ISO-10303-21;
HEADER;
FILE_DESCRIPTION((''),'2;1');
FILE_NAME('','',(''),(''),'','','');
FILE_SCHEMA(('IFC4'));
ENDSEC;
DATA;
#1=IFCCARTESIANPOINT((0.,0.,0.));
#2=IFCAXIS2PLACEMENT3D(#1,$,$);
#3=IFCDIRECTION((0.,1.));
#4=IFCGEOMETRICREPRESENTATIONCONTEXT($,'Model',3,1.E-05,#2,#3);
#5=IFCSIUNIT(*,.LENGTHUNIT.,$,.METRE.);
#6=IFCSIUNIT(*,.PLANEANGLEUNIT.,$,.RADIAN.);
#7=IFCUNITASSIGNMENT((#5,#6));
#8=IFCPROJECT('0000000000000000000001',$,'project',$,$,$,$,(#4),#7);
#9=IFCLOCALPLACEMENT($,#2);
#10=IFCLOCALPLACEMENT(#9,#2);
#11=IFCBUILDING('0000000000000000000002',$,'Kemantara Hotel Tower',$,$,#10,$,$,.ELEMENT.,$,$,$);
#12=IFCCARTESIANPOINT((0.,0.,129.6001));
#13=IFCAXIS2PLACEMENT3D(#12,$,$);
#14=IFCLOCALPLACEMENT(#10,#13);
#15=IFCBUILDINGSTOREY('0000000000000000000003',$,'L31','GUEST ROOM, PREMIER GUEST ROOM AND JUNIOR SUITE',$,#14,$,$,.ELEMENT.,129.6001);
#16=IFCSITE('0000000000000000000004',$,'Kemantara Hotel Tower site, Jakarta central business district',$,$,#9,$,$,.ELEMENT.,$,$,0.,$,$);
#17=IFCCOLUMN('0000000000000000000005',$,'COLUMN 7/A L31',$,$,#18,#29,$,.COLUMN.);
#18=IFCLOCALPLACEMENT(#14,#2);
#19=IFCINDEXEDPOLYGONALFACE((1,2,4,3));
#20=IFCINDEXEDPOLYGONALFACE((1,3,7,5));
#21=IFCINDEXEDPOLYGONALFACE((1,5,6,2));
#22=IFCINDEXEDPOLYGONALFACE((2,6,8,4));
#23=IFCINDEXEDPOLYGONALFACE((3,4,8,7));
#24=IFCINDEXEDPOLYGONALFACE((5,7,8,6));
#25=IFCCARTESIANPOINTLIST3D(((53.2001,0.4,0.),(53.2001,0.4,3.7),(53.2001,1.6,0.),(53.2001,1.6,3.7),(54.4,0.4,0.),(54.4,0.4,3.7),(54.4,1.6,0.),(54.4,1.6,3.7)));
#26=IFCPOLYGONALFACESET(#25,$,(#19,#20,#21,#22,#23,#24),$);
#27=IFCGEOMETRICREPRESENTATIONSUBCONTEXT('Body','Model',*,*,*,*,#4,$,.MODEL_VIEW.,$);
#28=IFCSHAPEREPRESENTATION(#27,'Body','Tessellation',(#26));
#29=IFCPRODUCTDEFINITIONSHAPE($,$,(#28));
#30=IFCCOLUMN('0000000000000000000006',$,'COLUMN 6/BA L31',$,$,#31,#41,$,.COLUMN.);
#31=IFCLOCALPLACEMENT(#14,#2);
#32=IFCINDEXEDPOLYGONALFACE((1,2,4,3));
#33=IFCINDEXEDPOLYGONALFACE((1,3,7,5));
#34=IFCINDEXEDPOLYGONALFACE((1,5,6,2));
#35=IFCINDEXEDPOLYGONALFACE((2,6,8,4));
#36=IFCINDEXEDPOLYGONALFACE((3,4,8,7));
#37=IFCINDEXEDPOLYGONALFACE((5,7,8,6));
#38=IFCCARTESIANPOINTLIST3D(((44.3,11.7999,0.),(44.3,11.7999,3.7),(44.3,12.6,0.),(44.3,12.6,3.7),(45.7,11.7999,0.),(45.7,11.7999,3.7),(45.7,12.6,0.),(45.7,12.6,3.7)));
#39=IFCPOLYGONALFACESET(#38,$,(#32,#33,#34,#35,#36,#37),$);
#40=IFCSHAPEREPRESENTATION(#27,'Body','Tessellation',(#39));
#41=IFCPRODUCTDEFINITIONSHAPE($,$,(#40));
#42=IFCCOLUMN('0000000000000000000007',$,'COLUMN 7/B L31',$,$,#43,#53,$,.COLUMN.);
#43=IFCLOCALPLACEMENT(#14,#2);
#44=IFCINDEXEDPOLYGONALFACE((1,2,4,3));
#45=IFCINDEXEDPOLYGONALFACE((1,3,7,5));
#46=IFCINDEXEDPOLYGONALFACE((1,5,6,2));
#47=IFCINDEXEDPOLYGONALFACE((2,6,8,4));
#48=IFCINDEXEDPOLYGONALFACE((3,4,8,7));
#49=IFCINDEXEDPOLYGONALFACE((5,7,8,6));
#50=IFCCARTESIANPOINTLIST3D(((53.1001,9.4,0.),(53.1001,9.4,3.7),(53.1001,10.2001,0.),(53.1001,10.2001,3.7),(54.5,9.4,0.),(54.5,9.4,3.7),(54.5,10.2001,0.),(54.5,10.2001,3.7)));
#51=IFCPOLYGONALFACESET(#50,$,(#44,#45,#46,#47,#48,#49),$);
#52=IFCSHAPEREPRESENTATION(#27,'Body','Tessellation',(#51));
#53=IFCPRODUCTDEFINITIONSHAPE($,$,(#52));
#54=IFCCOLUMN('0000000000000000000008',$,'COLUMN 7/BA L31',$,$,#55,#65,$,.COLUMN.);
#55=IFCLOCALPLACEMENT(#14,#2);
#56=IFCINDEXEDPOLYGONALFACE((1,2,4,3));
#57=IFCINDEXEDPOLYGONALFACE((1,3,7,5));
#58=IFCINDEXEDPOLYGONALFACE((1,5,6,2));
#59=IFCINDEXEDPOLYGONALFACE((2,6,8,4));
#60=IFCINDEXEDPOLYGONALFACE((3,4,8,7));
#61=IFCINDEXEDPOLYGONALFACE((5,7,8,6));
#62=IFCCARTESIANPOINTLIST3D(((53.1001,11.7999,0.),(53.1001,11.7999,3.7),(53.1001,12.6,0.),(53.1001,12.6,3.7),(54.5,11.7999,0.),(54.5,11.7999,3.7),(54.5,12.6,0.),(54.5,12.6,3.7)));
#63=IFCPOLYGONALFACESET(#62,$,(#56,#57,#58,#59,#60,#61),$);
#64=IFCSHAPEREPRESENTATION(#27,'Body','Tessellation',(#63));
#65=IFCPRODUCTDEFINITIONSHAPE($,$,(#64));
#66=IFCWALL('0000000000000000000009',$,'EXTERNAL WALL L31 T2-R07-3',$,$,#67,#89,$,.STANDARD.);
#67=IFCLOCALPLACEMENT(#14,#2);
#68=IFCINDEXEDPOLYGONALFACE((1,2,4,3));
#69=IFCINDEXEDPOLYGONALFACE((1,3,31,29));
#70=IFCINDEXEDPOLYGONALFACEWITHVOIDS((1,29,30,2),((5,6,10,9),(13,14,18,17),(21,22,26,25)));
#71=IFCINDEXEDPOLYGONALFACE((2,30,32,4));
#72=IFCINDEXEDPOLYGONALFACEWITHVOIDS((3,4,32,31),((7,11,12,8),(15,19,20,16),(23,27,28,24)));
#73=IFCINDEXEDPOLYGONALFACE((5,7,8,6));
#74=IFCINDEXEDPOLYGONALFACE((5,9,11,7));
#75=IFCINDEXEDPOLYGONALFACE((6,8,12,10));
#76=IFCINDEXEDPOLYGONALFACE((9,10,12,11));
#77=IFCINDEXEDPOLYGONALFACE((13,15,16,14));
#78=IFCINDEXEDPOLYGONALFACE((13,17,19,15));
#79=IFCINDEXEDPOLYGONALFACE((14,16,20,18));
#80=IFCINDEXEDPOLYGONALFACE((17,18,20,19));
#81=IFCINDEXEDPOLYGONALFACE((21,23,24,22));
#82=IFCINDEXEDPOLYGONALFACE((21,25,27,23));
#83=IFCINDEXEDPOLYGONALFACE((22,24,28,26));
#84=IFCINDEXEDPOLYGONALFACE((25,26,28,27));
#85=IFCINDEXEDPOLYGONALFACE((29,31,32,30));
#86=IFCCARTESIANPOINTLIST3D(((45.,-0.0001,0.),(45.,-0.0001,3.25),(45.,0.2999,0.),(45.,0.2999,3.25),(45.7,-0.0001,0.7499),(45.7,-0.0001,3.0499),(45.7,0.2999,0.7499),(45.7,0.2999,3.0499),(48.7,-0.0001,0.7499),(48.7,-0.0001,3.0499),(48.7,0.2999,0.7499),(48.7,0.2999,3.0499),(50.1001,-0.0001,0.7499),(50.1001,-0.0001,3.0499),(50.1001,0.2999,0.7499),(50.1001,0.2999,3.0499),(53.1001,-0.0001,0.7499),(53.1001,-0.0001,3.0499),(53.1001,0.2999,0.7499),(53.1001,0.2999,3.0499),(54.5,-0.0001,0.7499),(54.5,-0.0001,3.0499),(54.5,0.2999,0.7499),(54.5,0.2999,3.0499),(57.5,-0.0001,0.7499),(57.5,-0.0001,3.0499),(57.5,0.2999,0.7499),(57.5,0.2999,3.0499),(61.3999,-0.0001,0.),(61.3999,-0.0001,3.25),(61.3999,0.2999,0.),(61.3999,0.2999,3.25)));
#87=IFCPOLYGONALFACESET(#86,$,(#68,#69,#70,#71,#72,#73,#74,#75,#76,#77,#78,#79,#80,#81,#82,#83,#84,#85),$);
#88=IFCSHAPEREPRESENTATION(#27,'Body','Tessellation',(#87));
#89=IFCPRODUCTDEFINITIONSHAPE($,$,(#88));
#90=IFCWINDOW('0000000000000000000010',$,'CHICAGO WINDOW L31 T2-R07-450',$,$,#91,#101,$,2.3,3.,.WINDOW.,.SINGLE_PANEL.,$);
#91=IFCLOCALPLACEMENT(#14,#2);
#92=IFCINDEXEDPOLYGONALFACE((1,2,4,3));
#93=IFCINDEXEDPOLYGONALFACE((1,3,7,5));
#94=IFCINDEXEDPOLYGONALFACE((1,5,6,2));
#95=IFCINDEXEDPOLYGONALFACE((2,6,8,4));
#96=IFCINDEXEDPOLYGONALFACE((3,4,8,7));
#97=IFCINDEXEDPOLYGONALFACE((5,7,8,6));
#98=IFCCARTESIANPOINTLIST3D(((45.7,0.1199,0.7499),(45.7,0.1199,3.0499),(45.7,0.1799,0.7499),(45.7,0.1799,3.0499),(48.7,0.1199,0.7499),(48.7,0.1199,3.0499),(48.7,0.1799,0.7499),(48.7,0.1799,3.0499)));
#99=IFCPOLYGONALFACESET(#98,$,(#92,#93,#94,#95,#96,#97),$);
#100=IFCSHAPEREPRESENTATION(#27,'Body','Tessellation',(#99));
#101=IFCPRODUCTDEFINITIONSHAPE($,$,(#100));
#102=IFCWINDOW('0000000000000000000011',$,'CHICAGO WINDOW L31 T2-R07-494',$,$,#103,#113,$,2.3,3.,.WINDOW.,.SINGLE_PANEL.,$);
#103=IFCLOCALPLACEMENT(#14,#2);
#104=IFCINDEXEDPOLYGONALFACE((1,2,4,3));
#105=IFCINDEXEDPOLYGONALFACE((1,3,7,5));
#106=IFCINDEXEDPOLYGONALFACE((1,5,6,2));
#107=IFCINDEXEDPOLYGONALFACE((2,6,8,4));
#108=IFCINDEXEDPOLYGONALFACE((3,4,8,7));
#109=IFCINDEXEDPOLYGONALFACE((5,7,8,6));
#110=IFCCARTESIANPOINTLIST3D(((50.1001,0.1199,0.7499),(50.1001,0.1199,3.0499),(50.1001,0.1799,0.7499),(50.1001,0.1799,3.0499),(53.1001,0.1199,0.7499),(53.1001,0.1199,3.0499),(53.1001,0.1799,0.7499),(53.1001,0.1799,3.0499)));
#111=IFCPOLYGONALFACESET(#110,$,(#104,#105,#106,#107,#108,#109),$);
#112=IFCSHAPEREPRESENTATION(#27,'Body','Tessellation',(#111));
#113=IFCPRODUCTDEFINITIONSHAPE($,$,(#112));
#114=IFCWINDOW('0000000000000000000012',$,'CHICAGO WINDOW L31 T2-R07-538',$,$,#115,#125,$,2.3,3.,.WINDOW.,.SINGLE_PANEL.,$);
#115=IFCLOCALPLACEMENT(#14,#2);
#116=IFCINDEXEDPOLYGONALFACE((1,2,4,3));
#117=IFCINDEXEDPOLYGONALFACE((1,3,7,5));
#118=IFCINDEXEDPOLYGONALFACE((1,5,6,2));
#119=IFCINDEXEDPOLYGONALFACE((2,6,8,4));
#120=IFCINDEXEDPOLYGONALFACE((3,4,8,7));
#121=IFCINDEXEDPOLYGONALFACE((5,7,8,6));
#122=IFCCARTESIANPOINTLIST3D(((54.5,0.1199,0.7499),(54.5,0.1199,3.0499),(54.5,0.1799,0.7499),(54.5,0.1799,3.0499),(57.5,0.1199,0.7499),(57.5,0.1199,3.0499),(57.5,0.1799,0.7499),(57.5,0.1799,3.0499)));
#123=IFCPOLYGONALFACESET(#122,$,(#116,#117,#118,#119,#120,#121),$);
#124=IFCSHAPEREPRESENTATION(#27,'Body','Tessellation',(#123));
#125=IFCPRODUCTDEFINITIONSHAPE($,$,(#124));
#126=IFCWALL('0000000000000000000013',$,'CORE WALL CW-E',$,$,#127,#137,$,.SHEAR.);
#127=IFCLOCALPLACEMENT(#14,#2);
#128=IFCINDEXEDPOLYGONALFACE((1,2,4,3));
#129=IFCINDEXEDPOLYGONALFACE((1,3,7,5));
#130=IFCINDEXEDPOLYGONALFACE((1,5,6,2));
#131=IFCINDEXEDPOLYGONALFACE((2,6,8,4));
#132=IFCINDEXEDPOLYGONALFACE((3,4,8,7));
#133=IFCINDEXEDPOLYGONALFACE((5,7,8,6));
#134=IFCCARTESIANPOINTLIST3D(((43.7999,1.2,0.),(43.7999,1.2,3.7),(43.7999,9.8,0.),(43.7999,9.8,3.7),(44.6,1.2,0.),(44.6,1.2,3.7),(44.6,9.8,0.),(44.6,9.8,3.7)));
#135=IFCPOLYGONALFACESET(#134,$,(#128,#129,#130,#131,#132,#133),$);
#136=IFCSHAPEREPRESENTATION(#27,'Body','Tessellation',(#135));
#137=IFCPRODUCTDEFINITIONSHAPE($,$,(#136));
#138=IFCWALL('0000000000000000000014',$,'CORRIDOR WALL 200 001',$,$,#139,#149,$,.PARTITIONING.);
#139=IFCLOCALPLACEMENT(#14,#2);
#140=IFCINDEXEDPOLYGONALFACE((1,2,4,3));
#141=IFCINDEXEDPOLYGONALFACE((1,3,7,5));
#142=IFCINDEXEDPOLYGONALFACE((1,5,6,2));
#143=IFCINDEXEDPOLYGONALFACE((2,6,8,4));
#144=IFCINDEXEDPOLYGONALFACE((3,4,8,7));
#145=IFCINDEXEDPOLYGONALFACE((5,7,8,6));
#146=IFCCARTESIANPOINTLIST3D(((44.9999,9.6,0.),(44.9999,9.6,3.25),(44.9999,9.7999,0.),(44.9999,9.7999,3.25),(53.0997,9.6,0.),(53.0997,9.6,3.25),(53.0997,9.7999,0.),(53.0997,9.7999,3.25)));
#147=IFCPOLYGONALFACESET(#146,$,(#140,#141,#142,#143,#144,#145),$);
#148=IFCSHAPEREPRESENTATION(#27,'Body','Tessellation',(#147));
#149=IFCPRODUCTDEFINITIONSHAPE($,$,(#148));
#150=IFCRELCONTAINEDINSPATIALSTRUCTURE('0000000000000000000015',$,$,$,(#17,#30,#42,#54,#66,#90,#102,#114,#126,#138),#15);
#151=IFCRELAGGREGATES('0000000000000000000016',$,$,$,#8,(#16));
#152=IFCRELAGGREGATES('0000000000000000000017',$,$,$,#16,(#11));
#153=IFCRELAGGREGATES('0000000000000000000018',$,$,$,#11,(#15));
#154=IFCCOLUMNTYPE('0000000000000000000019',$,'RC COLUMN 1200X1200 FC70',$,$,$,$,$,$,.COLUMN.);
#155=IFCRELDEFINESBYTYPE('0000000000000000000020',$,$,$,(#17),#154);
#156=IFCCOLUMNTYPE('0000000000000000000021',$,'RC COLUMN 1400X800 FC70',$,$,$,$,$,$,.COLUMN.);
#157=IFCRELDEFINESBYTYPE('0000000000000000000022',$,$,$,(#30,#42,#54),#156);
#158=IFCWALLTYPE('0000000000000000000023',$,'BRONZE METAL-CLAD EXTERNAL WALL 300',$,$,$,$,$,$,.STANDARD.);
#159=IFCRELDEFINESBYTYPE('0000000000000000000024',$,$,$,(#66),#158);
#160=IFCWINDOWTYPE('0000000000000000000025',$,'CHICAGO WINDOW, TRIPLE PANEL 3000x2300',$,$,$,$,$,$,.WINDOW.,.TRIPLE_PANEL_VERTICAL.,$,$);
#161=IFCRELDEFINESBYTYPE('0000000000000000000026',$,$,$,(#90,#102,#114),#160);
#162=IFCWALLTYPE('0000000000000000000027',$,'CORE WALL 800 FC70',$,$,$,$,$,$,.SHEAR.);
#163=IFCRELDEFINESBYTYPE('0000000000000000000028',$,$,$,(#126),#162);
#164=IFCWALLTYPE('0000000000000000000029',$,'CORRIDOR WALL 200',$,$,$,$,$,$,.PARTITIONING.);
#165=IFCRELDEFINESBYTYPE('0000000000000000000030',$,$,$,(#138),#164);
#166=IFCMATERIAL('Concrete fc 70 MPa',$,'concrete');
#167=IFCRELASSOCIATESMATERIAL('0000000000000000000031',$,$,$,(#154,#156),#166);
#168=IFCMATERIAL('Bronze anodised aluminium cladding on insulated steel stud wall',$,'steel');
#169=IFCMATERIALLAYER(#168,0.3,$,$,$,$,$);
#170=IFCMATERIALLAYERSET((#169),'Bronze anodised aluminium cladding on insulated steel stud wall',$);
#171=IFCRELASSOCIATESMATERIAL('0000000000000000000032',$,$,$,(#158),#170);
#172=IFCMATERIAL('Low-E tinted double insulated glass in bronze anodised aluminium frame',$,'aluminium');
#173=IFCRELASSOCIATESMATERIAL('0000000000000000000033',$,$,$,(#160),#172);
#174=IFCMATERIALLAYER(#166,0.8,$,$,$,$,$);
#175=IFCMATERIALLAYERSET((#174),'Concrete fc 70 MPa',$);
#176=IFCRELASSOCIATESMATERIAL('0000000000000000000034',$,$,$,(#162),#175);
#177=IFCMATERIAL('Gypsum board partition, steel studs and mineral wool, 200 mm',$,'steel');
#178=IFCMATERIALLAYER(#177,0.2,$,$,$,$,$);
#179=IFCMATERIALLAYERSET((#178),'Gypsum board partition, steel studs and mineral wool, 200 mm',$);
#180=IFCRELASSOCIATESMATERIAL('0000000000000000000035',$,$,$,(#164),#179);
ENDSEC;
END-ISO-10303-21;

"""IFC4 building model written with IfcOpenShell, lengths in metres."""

from ifc_helpers import new_model, si_unit, direction, frame, frame_2d, origin, origin_2d, place, context, subcontext, project, spatial, rectangle, extrude, material, layer, layer_set, material_profile, profile_set, type_object, element, fill, save


model = new_model("IFC4")

# Units and contexts
model_context = context("Model", 3, precision=1e-05, world=origin(), true_north=direction((0.0, 1.0)))
body_context = subcontext(model_context, "Body", "Model", "MODEL_VIEW")
ifc_project = project(units=[si_unit("LENGTHUNIT", "METRE"), si_unit("PLANEANGLEUNIT", "RADIAN")], contexts=[model_context])

# Site, building, storey
site_placement = place(None, origin())
site = spatial("IfcSite", under=ifc_project, at=site_placement, Name="Kemantara Hotel Tower site, Jakarta central business district", CompositionType="ELEMENT", RefElevation=0.0)
building_placement = place(site_placement, origin())
building = spatial("IfcBuilding", under=site, at=building_placement, Name="Kemantara Hotel Tower", CompositionType="ELEMENT")
storey_placement = place(building_placement, frame((0.0, 0.0, 129.6001)))
storey = spatial("IfcBuildingStorey", under=building, at=storey_placement, Name="L31", Description="GUEST ROOM, PREMIER GUEST ROOM AND JUNIOR SUITE", CompositionType="ELEMENT", Elevation=129.6001)

# Columns
ifc_material_1 = material(Name="Concrete fc 70 MPa", Category="concrete")
ifc_material_profile_1 = material_profile(ifc_material_1, rectangle(XDim=1.2, YDim=1.2, at=origin_2d()), Name="RC 1200X1200")
ifc_profile_set_1 = profile_set([ifc_material_profile_1], Name="Concrete fc 70 MPa")
column_type_1 = type_object("IfcColumnType", Name="RC COLUMN 1200X1200 FC70", PredefinedType="COLUMN", material=ifc_profile_set_1)
column_placement = place(storey_placement, frame((53.8, 1.0, 0.0), z_axis=(0.0, 0.0, 1.0), x_axis=(1.0, 0.0, 0.0)))
element("IfcColumn", 1, at=column_placement, inside=storey, type_object=column_type_1, Name="COLUMN 7/A L31", PredefinedType="COLUMN", context=body_context, shape_type="SweptSolid", body=[
    extrude(rectangle(XDim=1.2, YDim=1.2, at=origin_2d()), origin(), (0.0, 0.0, 1.0), 3.7),
])
ifc_material_profile_2 = material_profile(ifc_material_1, rectangle(XDim=1.3999, YDim=0.8, at=origin_2d()), Name="RC 1400X800")
ifc_profile_set_2 = profile_set([ifc_material_profile_2], Name="Concrete fc 70 MPa")
column_type_2 = type_object("IfcColumnType", Name="RC COLUMN 1400X800 FC70", PredefinedType="COLUMN", material=ifc_profile_set_2)
for number, where, z_axis, x_axis, name in (
    (2, (45.0, 12.2, 0.0), (0.0, 0.0, 1.0), (1.0, 0.0, 0.0), "COLUMN 6/BA L31"),
    (3, (53.8, 9.8, 0.0), (0.0, 0.0, 1.0), (1.0, 0.0, 0.0), "COLUMN 7/B L31"),
    (4, (53.8, 12.2, 0.0), (0.0, 0.0, 1.0), (1.0, 0.0, 0.0), "COLUMN 7/BA L31"),
):
    element("IfcColumn", number, at=place(storey_placement, frame(where, z_axis=z_axis, x_axis=x_axis)), inside=storey, type_object=column_type_2, Name=name, PredefinedType="COLUMN", context=body_context, shape_type="SweptSolid", body=[
        extrude(rectangle(XDim=1.3999, YDim=0.8, at=origin_2d()), origin(), (0.0, 0.0, 1.0), 3.7),
    ])

# Wall, openings, windows
ifc_material_2 = material(Name="Bronze anodised aluminium cladding on insulated steel stud wall", Category="steel")
ifc_layer_1 = layer(ifc_material_2, 0.3)
ifc_layer_set_1 = layer_set([ifc_layer_1], Name="Bronze anodised aluminium cladding on insulated steel stud wall")
wall_type_1 = type_object("IfcWallType", Name="BRONZE METAL-CLAD EXTERNAL WALL 300", PredefinedType="STANDARD", material=ifc_layer_set_1)
wall_1_placement = place(storey_placement, frame((45.0, 0.1499, 0.0), z_axis=(0.0, 0.0, 1.0), x_axis=(1.0, 0.0, 0.0)))
wall_1 = element("IfcWall", 5, at=wall_1_placement, inside=storey, type_object=wall_type_1, Name="EXTERNAL WALL L31 T2-R07-3", PredefinedType="STANDARD", context=body_context, shape_type="SweptSolid", body=[
    extrude(rectangle(XDim=16.3999, YDim=0.3, at=frame_2d((8.2, 0.0))), origin(), (0.0, 0.0, 1.0), 3.25),
])
opening_1_placement = place(wall_1_placement, frame((0.7, 0.0, 0.75)))
opening_1 = element("IfcOpeningElement", 6, at=opening_1_placement, cuts=wall_1, PredefinedType="OPENING", context=body_context, shape_type="SweptSolid", body=[
    extrude(rectangle(XDim=3.0, YDim=2.3, at=frame_2d((1.5, 1.1499))), frame((0.0, 0.1599, 0.0), z_axis=(0.0, -1.0, 0.0), x_axis=(1.0, 0.0, 0.0)), (0.0, 0.0, 1.0), 0.3201),
])
opening_2_placement = place(wall_1_placement, frame((5.1001, 0.0, 0.75)))
opening_2 = element("IfcOpeningElement", 7, at=opening_2_placement, cuts=wall_1, PredefinedType="OPENING", context=body_context, shape_type="SweptSolid", body=[
    extrude(rectangle(XDim=3.0, YDim=2.3, at=frame_2d((1.5, 1.1499))), frame((0.0, 0.1599, 0.0), z_axis=(0.0, -1.0, 0.0), x_axis=(1.0, 0.0, 0.0)), (0.0, 0.0, 1.0), 0.3201),
])
opening_3_placement = place(wall_1_placement, frame((9.5, 0.0, 0.75)))
opening_3 = element("IfcOpeningElement", 8, at=opening_3_placement, cuts=wall_1, PredefinedType="OPENING", context=body_context, shape_type="SweptSolid", body=[
    extrude(rectangle(XDim=3.0, YDim=2.3, at=frame_2d((1.5, 1.1499))), frame((0.0, 0.1599, 0.0), z_axis=(0.0, -1.0, 0.0), x_axis=(1.0, 0.0, 0.0)), (0.0, 0.0, 1.0), 0.3201),
])
ifc_material_3 = material(Name="Low-E tinted double insulated glass in bronze anodised aluminium frame", Category="aluminium")
window_type = type_object("IfcWindowType", Name="CHICAGO WINDOW, TRIPLE PANEL 3000x2300", PartitioningType="TRIPLE_PANEL_VERTICAL", PredefinedType="WINDOW", material=ifc_material_3)
window_1_placement = place(opening_1_placement, origin())
window_1 = element("IfcWindow", 9, at=window_1_placement, inside=storey, type_object=window_type, Name="CHICAGO WINDOW L31 T2-R07-450", OverallHeight=2.3, OverallWidth=3.0, PartitioningType="SINGLE_PANEL", PredefinedType="WINDOW", context=body_context, shape_type="SweptSolid", body=[
    extrude(rectangle(XDim=3.0, YDim=2.3, at=frame_2d((1.5, 1.1499))), frame((0.0, 0.03, 0.0), z_axis=(0.0, -1.0, 0.0), x_axis=(1.0, 0.0, 0.0)), (0.0, 0.0, 1.0), 0.0601),
])
fill(opening_1, window_1)
window_2_placement = place(opening_2_placement, origin())
window_2 = element("IfcWindow", 10, at=window_2_placement, inside=storey, type_object=window_type, Name="CHICAGO WINDOW L31 T2-R07-494", OverallHeight=2.3, OverallWidth=3.0, PartitioningType="SINGLE_PANEL", PredefinedType="WINDOW", context=body_context, shape_type="SweptSolid", body=[
    extrude(rectangle(XDim=3.0, YDim=2.3, at=frame_2d((1.5, 1.1499))), frame((0.0, 0.03, 0.0), z_axis=(0.0, -1.0, 0.0), x_axis=(1.0, 0.0, 0.0)), (0.0, 0.0, 1.0), 0.0601),
])
fill(opening_2, window_2)
window_3_placement = place(opening_3_placement, origin())
window_3 = element("IfcWindow", 11, at=window_3_placement, inside=storey, type_object=window_type, Name="CHICAGO WINDOW L31 T2-R07-538", OverallHeight=2.3, OverallWidth=3.0, PartitioningType="SINGLE_PANEL", PredefinedType="WINDOW", context=body_context, shape_type="SweptSolid", body=[
    extrude(rectangle(XDim=3.0, YDim=2.3, at=frame_2d((1.5, 1.1499))), frame((0.0, 0.03, 0.0), z_axis=(0.0, -1.0, 0.0), x_axis=(1.0, 0.0, 0.0)), (0.0, 0.0, 1.0), 0.0601),
])
fill(opening_3, window_3)

# Walls
ifc_layer_2 = layer(ifc_material_1, 0.8)
ifc_layer_set_2 = layer_set([ifc_layer_2], Name="Concrete fc 70 MPa")
wall_type_2 = type_object("IfcWallType", Name="CORE WALL 800 FC70", PredefinedType="SHEAR", material=ifc_layer_set_2)
wall_2_placement = place(storey_placement, frame((44.2, 1.2, 0.0), z_axis=(0.0, 0.0, 1.0), x_axis=(0.0, 1.0, 0.0)))
element("IfcWall", 12, at=wall_2_placement, inside=storey, type_object=wall_type_2, Name="CORE WALL CW-E", PredefinedType="SHEAR", context=body_context, shape_type="SweptSolid", body=[
    extrude(rectangle(XDim=8.6001, YDim=0.8, at=frame_2d((4.3, 0.0))), origin(), (0.0, 0.0, 1.0), 3.7),
])
ifc_material_4 = material(Name="Gypsum board partition, steel studs and mineral wool, 200 mm", Category="steel")
ifc_layer_3 = layer(ifc_material_4, 0.2)
ifc_layer_set_3 = layer_set([ifc_layer_3], Name="Gypsum board partition, steel studs and mineral wool, 200 mm")
wall_type_3 = type_object("IfcWallType", Name="CORRIDOR WALL 200", PredefinedType="PARTITIONING", material=ifc_layer_set_3)
wall_3_placement = place(storey_placement, frame((45.0, 9.7, 0.0), z_axis=(0.0, 0.0, 1.0), x_axis=(1.0, 0.0, 0.0)))
element("IfcWall", 13, at=wall_3_placement, inside=storey, type_object=wall_type_3, Name="CORRIDOR WALL 200 001", PredefinedType="PARTITIONING", context=body_context, shape_type="SweptSolid", body=[
    extrude(rectangle(XDim=8.0999, YDim=0.2, at=frame_2d((4.0498, 0.0))), origin(), (0.0, 0.0, 1.0), 3.25),
])

save(model, "model.ifc")
